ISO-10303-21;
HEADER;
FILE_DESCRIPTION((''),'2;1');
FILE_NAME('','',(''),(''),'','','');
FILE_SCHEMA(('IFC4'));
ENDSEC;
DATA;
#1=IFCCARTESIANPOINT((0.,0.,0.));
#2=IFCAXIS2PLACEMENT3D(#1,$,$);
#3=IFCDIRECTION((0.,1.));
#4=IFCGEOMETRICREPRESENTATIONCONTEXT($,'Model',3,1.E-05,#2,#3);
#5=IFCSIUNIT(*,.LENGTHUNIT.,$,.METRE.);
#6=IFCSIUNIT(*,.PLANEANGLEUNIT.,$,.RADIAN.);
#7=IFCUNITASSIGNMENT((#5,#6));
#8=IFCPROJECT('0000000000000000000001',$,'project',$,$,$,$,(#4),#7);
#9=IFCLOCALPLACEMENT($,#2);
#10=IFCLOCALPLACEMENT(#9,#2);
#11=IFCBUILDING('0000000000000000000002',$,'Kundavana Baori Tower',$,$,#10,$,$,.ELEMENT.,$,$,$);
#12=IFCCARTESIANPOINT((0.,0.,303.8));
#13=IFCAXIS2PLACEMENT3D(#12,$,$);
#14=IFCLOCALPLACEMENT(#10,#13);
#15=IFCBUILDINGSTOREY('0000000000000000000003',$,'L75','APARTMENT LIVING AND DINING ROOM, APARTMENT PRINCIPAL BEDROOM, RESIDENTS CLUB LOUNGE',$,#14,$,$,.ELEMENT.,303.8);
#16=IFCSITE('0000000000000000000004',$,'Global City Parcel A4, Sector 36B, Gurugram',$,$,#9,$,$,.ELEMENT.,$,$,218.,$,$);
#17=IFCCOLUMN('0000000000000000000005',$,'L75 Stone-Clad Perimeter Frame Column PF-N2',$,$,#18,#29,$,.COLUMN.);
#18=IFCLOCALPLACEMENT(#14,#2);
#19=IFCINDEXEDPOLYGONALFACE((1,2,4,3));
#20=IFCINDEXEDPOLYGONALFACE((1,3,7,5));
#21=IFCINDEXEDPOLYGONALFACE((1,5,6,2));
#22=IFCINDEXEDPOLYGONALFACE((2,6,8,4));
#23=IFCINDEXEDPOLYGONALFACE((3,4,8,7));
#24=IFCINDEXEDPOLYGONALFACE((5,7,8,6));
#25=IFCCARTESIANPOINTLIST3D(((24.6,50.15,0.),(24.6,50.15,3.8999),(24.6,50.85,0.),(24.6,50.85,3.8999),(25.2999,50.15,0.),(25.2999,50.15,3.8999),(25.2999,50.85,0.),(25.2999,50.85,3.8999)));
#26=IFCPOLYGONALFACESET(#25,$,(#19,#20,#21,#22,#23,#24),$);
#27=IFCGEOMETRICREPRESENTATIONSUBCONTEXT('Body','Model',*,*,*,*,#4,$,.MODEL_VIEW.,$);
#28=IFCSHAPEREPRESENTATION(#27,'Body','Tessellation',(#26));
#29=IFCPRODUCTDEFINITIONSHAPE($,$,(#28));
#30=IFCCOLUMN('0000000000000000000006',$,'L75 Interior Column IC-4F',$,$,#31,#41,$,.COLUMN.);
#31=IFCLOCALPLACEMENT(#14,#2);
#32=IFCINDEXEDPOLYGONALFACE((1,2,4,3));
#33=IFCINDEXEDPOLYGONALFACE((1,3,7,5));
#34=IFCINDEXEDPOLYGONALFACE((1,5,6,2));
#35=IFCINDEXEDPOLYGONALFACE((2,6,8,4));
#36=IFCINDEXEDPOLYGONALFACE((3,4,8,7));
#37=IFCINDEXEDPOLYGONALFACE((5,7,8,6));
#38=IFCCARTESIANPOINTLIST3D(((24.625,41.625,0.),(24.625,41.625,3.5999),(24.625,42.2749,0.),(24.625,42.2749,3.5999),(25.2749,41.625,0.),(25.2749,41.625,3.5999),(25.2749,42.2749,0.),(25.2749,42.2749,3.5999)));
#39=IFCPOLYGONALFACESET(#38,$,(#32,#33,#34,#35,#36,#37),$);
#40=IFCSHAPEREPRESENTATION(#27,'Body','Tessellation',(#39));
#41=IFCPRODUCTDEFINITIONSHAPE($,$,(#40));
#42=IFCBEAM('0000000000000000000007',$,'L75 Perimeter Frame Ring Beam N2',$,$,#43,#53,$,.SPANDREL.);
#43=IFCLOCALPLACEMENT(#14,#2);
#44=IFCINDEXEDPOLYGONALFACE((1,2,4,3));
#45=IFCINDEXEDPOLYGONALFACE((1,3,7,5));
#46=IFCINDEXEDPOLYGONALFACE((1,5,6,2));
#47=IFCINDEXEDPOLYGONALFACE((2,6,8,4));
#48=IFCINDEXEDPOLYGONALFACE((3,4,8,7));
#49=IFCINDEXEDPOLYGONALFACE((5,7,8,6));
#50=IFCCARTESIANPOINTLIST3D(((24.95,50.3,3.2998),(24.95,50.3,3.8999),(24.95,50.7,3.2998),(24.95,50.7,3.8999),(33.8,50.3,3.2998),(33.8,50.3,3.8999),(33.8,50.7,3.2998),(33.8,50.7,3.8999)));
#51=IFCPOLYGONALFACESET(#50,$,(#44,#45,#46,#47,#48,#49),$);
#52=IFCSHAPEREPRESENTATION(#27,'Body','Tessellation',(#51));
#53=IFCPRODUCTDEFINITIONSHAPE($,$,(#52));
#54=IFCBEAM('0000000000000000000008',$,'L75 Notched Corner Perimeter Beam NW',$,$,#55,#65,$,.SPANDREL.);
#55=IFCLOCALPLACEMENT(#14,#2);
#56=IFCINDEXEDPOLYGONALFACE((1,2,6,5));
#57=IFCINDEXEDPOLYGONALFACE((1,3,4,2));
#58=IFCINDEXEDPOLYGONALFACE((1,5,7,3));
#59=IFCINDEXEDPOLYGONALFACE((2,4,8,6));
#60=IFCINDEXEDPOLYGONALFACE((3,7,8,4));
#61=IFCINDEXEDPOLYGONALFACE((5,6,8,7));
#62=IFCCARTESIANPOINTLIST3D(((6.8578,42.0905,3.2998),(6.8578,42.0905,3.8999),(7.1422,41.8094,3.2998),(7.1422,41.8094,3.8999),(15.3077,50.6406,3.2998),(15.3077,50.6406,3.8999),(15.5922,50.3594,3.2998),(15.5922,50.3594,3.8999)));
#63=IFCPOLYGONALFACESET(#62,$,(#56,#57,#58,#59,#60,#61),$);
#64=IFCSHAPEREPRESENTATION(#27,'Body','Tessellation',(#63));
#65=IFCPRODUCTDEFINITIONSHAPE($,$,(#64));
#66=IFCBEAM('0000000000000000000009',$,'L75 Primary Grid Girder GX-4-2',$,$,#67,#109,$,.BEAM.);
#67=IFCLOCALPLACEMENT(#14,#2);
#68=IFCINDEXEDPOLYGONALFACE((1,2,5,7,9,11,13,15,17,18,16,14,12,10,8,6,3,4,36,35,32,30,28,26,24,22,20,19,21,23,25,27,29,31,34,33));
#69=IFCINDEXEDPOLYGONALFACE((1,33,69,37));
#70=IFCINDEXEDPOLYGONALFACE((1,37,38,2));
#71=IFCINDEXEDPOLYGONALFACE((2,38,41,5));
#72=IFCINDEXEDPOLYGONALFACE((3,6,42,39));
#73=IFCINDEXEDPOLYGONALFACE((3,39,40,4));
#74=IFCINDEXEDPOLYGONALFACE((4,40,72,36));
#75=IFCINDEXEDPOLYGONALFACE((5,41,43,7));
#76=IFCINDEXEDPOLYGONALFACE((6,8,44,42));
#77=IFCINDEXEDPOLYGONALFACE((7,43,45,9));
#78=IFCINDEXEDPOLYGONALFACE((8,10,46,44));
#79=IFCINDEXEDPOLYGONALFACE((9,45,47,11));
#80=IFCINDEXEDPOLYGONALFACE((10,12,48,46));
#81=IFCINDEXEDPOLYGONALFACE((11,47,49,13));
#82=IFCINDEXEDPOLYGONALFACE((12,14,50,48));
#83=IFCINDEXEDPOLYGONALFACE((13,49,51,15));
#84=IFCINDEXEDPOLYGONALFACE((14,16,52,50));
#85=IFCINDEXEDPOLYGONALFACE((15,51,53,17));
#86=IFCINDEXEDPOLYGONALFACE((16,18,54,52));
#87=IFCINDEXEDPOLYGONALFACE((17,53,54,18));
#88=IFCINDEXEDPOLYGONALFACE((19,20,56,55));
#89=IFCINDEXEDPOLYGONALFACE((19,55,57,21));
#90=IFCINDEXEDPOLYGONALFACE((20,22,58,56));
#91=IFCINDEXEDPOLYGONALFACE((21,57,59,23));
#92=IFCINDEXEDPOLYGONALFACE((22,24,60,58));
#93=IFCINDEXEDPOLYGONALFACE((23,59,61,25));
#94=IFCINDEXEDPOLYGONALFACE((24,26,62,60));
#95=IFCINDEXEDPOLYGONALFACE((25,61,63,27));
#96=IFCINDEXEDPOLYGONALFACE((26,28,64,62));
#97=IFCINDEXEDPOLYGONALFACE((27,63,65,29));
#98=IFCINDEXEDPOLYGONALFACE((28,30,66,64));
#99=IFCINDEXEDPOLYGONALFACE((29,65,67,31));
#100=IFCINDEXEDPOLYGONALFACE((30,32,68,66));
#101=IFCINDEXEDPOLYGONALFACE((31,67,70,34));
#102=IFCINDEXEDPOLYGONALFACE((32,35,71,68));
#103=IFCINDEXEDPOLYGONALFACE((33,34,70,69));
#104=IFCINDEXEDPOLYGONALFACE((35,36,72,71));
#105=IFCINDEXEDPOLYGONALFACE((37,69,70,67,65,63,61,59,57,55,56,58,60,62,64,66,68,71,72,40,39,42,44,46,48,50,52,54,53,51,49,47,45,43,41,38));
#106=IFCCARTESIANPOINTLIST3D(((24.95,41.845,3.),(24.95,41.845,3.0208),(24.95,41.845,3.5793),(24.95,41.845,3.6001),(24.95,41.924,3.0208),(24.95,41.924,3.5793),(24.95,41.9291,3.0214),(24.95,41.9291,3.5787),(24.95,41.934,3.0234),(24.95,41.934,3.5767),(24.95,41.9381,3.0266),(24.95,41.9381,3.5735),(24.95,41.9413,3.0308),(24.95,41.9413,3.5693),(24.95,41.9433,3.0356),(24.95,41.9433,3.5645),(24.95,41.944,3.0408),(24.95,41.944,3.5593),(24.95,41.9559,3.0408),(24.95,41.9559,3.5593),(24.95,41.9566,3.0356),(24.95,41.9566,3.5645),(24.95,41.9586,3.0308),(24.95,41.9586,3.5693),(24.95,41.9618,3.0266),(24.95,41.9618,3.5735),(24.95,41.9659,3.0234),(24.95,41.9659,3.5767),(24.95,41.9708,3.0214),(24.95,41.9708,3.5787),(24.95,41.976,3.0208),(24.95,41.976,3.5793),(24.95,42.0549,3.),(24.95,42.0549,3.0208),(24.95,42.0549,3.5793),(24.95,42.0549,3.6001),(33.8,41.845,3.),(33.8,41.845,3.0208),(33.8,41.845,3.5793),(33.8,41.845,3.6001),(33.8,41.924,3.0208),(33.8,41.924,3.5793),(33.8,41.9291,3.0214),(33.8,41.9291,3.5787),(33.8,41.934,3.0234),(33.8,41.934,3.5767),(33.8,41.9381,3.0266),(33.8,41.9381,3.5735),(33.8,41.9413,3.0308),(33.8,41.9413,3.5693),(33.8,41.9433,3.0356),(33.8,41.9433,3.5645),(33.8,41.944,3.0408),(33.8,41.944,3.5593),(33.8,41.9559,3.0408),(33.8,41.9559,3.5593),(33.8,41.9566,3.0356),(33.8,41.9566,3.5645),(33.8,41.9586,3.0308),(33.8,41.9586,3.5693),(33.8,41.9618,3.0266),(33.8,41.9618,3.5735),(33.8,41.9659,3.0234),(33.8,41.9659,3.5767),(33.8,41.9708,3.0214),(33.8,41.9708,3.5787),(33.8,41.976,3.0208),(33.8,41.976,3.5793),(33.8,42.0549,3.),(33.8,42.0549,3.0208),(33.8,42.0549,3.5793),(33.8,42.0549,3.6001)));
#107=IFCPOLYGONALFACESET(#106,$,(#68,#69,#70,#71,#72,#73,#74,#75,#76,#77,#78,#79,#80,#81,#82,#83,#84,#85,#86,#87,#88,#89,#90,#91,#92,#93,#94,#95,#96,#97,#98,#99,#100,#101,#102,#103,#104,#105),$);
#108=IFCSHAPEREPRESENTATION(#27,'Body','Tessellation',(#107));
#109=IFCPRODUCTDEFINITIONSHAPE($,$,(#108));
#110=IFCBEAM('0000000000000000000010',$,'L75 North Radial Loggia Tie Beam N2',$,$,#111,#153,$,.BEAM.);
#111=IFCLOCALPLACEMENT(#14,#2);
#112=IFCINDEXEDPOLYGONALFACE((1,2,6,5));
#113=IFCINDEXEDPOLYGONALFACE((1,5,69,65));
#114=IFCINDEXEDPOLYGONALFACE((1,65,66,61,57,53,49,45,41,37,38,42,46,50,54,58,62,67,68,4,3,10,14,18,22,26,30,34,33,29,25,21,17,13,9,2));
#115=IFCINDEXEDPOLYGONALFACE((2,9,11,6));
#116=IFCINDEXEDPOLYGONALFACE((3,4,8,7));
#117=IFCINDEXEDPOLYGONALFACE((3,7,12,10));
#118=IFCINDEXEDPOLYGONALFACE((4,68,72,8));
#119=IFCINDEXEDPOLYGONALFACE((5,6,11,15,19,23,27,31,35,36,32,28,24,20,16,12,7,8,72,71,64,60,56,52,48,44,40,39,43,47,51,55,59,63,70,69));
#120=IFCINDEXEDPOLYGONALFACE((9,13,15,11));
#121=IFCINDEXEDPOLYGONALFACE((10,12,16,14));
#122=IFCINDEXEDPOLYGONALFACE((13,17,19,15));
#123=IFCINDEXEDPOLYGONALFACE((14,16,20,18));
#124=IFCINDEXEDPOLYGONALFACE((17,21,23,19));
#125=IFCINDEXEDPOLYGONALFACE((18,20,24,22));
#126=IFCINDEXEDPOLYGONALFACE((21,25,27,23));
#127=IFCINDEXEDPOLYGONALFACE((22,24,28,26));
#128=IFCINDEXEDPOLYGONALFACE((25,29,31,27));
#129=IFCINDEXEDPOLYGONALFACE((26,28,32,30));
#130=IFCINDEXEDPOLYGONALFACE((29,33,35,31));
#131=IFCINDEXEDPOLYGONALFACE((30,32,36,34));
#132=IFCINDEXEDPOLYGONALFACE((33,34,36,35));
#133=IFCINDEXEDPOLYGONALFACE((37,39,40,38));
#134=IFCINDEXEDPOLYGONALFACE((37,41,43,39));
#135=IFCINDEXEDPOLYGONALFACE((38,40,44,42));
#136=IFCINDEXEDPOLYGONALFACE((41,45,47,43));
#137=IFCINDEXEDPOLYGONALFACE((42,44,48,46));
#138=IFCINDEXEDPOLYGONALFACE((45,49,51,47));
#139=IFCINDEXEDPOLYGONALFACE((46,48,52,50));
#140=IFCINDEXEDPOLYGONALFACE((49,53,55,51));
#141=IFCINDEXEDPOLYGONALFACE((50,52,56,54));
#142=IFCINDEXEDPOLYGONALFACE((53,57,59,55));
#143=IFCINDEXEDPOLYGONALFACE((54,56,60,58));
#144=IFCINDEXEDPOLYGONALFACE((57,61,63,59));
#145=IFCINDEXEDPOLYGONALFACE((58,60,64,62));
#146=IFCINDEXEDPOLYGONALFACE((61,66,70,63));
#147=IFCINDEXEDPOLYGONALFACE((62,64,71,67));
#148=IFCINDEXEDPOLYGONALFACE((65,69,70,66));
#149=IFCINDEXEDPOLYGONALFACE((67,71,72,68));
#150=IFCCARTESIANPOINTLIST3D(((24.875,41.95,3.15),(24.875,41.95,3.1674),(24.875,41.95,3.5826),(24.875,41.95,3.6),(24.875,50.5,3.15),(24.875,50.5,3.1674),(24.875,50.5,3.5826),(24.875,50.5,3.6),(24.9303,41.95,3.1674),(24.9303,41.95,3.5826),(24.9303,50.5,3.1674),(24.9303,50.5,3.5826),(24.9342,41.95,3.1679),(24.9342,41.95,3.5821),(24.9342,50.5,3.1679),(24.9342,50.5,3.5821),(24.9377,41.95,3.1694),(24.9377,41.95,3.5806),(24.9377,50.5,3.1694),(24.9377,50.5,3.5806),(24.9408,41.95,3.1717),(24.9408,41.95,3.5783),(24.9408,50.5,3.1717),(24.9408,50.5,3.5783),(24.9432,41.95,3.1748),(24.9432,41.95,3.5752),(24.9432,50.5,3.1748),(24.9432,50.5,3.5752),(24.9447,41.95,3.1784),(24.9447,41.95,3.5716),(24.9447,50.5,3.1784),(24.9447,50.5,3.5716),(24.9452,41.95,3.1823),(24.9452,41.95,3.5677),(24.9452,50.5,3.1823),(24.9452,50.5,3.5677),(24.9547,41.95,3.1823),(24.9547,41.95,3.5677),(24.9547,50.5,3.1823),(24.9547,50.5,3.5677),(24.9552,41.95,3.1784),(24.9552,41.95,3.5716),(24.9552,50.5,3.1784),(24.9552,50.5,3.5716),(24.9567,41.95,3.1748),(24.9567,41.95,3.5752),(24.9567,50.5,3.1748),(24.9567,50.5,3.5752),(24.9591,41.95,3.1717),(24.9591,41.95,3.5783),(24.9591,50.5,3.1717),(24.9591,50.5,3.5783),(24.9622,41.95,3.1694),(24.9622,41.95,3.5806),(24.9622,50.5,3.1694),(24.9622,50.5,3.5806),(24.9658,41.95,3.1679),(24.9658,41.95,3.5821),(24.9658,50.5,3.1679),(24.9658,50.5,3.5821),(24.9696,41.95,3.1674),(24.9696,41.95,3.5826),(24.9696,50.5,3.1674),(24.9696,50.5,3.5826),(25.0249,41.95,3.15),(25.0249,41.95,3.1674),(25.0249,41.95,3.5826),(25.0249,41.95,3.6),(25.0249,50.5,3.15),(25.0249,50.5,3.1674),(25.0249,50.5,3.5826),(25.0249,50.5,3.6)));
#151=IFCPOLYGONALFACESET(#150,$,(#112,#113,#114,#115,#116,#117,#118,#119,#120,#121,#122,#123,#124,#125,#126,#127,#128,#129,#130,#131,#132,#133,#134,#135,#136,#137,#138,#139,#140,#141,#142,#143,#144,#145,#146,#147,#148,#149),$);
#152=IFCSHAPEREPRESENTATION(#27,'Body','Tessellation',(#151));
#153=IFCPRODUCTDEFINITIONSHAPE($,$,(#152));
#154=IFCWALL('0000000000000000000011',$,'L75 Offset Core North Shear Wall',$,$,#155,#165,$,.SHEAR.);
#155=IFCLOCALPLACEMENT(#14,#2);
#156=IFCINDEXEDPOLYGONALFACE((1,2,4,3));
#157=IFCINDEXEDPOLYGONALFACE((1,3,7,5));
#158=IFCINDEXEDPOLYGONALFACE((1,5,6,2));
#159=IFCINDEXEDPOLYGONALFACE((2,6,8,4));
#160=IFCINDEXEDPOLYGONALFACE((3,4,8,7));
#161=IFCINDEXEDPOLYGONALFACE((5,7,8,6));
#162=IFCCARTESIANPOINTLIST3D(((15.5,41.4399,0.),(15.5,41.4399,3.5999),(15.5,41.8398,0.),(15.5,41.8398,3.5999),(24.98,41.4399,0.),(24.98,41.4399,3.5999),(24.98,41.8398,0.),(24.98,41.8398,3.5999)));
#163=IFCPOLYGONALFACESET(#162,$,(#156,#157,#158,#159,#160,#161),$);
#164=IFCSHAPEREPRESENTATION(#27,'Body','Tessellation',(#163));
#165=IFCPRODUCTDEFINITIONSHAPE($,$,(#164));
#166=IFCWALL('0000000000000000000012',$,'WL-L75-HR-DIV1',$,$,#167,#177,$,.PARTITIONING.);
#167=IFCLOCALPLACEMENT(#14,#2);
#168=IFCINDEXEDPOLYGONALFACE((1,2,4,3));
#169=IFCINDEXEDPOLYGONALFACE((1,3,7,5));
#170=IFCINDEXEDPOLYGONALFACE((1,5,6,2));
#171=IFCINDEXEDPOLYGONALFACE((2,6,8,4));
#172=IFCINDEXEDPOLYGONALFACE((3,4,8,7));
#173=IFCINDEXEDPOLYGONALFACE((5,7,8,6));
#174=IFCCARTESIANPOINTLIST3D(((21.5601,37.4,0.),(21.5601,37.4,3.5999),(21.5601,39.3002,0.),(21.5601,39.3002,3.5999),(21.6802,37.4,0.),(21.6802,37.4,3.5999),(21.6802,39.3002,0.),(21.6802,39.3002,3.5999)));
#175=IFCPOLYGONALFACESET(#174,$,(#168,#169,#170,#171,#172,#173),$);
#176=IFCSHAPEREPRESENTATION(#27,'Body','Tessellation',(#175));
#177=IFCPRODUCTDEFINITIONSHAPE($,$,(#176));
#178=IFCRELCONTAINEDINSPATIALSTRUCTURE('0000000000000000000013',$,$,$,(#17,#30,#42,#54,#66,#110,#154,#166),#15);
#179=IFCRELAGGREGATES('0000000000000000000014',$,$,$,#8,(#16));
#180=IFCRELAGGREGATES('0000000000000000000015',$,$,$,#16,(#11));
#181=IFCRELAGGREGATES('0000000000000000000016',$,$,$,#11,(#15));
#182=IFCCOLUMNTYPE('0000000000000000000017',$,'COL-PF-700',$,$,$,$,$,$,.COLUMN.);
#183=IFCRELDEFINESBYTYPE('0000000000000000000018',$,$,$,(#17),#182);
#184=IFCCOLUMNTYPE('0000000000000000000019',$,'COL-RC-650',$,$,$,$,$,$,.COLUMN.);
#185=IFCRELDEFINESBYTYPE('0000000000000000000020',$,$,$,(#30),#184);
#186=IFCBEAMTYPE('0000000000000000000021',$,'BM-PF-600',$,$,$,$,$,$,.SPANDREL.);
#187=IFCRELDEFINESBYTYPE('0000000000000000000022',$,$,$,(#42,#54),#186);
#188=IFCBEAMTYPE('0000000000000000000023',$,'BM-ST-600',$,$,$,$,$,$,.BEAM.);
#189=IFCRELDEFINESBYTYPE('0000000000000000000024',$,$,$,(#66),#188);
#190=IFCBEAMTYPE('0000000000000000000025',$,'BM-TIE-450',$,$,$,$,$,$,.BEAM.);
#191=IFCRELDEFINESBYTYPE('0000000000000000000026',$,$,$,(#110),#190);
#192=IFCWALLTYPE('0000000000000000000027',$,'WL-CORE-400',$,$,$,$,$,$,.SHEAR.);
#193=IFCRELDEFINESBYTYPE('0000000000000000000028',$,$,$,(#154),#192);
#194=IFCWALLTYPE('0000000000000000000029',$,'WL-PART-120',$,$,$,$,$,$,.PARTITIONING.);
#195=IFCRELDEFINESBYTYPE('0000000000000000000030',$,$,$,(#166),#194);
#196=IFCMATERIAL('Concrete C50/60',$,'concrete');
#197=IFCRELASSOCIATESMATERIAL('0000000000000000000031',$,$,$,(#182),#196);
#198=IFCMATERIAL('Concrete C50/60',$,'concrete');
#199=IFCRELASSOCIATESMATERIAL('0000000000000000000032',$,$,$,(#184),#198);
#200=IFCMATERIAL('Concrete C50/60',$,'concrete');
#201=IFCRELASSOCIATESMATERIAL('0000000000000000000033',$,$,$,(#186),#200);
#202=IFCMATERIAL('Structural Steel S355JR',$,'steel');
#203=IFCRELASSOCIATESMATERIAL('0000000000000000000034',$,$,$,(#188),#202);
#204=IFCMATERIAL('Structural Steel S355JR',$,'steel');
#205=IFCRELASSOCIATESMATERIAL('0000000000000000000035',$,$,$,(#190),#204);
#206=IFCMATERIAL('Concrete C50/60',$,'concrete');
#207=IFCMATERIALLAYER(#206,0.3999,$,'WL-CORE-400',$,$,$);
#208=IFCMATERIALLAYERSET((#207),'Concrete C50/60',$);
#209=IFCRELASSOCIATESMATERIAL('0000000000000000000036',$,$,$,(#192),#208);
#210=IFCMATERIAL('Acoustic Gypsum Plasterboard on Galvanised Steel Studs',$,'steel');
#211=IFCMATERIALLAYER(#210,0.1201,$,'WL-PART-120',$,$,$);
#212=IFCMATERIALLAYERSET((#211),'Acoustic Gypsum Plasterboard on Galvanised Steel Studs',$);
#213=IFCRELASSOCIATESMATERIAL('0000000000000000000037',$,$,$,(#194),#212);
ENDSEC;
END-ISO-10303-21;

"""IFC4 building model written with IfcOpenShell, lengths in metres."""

from ifc_helpers import new_model, si_unit, direction, frame, frame_2d, origin, origin_2d, place, context, subcontext, project, spatial, rectangle, i_section, extrude, material, layer, layer_set, material_profile, profile_set, type_object, element, save


model = new_model("IFC4")

# Units and contexts
model_context = context("Model", 3, precision=1e-05, world=origin(), true_north=direction((0.0, 1.0)))
body_context = subcontext(model_context, "Body", "Model", "MODEL_VIEW")
ifc_project = project(units=[si_unit("LENGTHUNIT", "METRE"), si_unit("PLANEANGLEUNIT", "RADIAN")], contexts=[model_context])

# Site, building, storey
site_placement = place(None, origin())
site = spatial("IfcSite", under=ifc_project, at=site_placement, Name="Global City Parcel A4, Sector 36B, Gurugram", CompositionType="ELEMENT", RefElevation=218.0)
building_placement = place(site_placement, origin())
building = spatial("IfcBuilding", under=site, at=building_placement, Name="Kundavana Baori Tower", CompositionType="ELEMENT")
storey_placement = place(building_placement, frame((0.0, 0.0, 303.8)))
storey = spatial("IfcBuildingStorey", under=building, at=storey_placement, Name="L75", Description="APARTMENT LIVING AND DINING ROOM, APARTMENT PRINCIPAL BEDROOM, RESIDENTS CLUB LOUNGE", CompositionType="ELEMENT", Elevation=303.8)

# Columns
ifc_material_1 = material(Name="Concrete C50/60", Category="concrete")
ifc_material_profile_1 = material_profile(ifc_material_1, rectangle(XDim=0.7, YDim=0.7, at=origin_2d()), Name="RC PF 700x700")
ifc_profile_set_1 = profile_set([ifc_material_profile_1], Name="Concrete C50/60")
column_type_1 = type_object("IfcColumnType", Name="COL-PF-700", PredefinedType="COLUMN", material=ifc_profile_set_1)
column_1_placement = place(storey_placement, frame((24.95, 50.5, 0.0), z_axis=(0.0, 0.0, 1.0), x_axis=(1.0, 0.0, 0.0)))
element("IfcColumn", 1, at=column_1_placement, inside=storey, type_object=column_type_1, Name="L75 Stone-Clad Perimeter Frame Column PF-N2", PredefinedType="COLUMN", context=body_context, shape_type="SweptSolid", body=[
    extrude(rectangle(XDim=0.7, YDim=0.7, at=origin_2d()), origin(), (0.0, 0.0, 1.0), 3.8999),
])
ifc_material_2 = material(Name="Concrete C50/60", Category="concrete")
ifc_material_profile_2 = material_profile(ifc_material_2, rectangle(XDim=0.6499, YDim=0.6499, at=origin_2d()), Name="RC 650x650")
ifc_profile_set_2 = profile_set([ifc_material_profile_2], Name="Concrete C50/60")
column_type_2 = type_object("IfcColumnType", Name="COL-RC-650", PredefinedType="COLUMN", material=ifc_profile_set_2)
column_2_placement = place(storey_placement, frame((24.95, 41.95, 0.0), z_axis=(0.0, 0.0, 1.0), x_axis=(1.0, 0.0, 0.0)))
element("IfcColumn", 2, at=column_2_placement, inside=storey, type_object=column_type_2, Name="L75 Interior Column IC-4F", PredefinedType="COLUMN", context=body_context, shape_type="SweptSolid", body=[
    extrude(rectangle(XDim=0.6499, YDim=0.6499, at=origin_2d()), origin(), (0.0, 0.0, 1.0), 3.5999),
])

# Beams
ifc_material_3 = material(Name="Concrete C50/60", Category="concrete")
ifc_material_profile_3 = material_profile(ifc_material_3, rectangle(XDim=0.3999, YDim=0.6001, at=origin_2d()), Name="RC BM 400x600")
ifc_profile_set_3 = profile_set([ifc_material_profile_3], Name="Concrete C50/60")
beam_type_1 = type_object("IfcBeamType", Name="BM-PF-600", PredefinedType="SPANDREL", material=ifc_profile_set_3)
beam_1_placement = place(storey_placement, frame((24.95, 50.5, 3.5999), z_axis=(1.0, 0.0, 0.0), x_axis=(0.0, 1.0, 0.0)))
element("IfcBeam", 3, at=beam_1_placement, inside=storey, type_object=beam_type_1, Name="L75 Perimeter Frame Ring Beam N2", PredefinedType="SPANDREL", context=body_context, shape_type="SweptSolid", body=[
    extrude(rectangle(XDim=0.3999, YDim=0.6001, at=origin_2d()), origin(), (0.0, 0.0, 1.0), 8.8501),
])
beam_2_placement = place(storey_placement, frame((15.45, 50.5, 3.5999), z_axis=(-0.702931, -0.711258, 0.0), x_axis=(0.711258, -0.702931, 0.0)))
element("IfcBeam", 4, at=beam_2_placement, inside=storey, type_object=beam_type_1, Name="L75 Notched Corner Perimeter Beam NW", PredefinedType="SPANDREL", context=body_context, shape_type="SweptSolid", body=[
    extrude(rectangle(XDim=0.3999, YDim=0.6001, at=origin_2d()), origin(), (0.0, 0.0, 1.0), 12.021),
])
ifc_material_4 = material(Name="Structural Steel S355JR", Category="steel")
ifc_material_profile_4 = material_profile(ifc_material_4, i_section(OverallWidth=0.21, OverallDepth=0.6001, WebThickness=0.012, FlangeThickness=0.0208, FilletRadius=0.02, at=origin_2d()), Name="ISMB 600")
ifc_profile_set_4 = profile_set([ifc_material_profile_4], Name="Structural Steel S355JR")
beam_type_2 = type_object("IfcBeamType", Name="BM-ST-600", PredefinedType="BEAM", material=ifc_profile_set_4)
beam_3_placement = place(storey_placement, frame((24.95, 41.95, 3.3), z_axis=(1.0, 0.0, 0.0), x_axis=(0.0, 1.0, 0.0)))
element("IfcBeam", 5, at=beam_3_placement, inside=storey, type_object=beam_type_2, Name="L75 Primary Grid Girder GX-4-2", PredefinedType="BEAM", context=body_context, shape_type="SweptSolid", body=[
    extrude(i_section(OverallWidth=0.21, OverallDepth=0.6001, WebThickness=0.012, FlangeThickness=0.0208, FilletRadius=0.02, at=origin_2d()), origin(), (0.0, 0.0, 1.0), 8.8501),
])
ifc_material_5 = material(Name="Structural Steel S355JR", Category="steel")
ifc_material_profile_5 = material_profile(ifc_material_5, i_section(OverallWidth=0.1499, OverallDepth=0.45, WebThickness=0.0095, FlangeThickness=0.0173, FilletRadius=0.0149, at=origin_2d()), Name="ISMB 450")
ifc_profile_set_5 = profile_set([ifc_material_profile_5], Name="Structural Steel S355JR")
beam_type_3 = type_object("IfcBeamType", Name="BM-TIE-450", PredefinedType="BEAM", material=ifc_profile_set_5)
beam_4_placement = place(storey_placement, frame((24.95, 41.95, 3.375), z_axis=(0.0, 1.0, 0.0), x_axis=(-1.0, 0.0, 0.0)))
element("IfcBeam", 6, at=beam_4_placement, inside=storey, type_object=beam_type_3, Name="L75 North Radial Loggia Tie Beam N2", PredefinedType="BEAM", context=body_context, shape_type="SweptSolid", body=[
    extrude(i_section(OverallWidth=0.1499, OverallDepth=0.45, WebThickness=0.0095, FlangeThickness=0.0173, FilletRadius=0.0149, at=origin_2d()), origin(), (0.0, 0.0, 1.0), 8.55),
])

# Walls
ifc_material_6 = material(Name="Concrete C50/60", Category="concrete")
ifc_layer_1 = layer(ifc_material_6, 0.3999, Name="WL-CORE-400")
ifc_layer_set_1 = layer_set([ifc_layer_1], Name="Concrete C50/60")
wall_type_1 = type_object("IfcWallType", Name="WL-CORE-400", PredefinedType="SHEAR", material=ifc_layer_set_1)
wall_1_placement = place(storey_placement, frame((15.5, 41.6399, 0.0), z_axis=(0.0, 0.0, 1.0), x_axis=(1.0, 0.0, 0.0)))
element("IfcWall", 7, at=wall_1_placement, inside=storey, type_object=wall_type_1, Name="L75 Offset Core North Shear Wall", PredefinedType="SHEAR", context=body_context, shape_type="SweptSolid", body=[
    extrude(rectangle(XDim=9.48, YDim=0.3999, at=frame_2d((4.74, 0.0))), origin(), (0.0, 0.0, 1.0), 3.5999),
])
ifc_material_7 = material(Name="Acoustic Gypsum Plasterboard on Galvanised Steel Studs", Category="steel")
ifc_layer_2 = layer(ifc_material_7, 0.1201, Name="WL-PART-120")
ifc_layer_set_2 = layer_set([ifc_layer_2], Name="Acoustic Gypsum Plasterboard on Galvanised Steel Studs")
wall_type_2 = type_object("IfcWallType", Name="WL-PART-120", PredefinedType="PARTITIONING", material=ifc_layer_set_2)
wall_2_placement = place(storey_placement, frame((21.6201, 37.3999, 0.0), z_axis=(0.0, 0.0, 1.0), x_axis=(0.0, 1.0, 0.0)))
element("IfcWall", 8, at=wall_2_placement, inside=storey, type_object=wall_type_2, Name="WL-L75-HR-DIV1", PredefinedType="PARTITIONING", context=body_context, shape_type="SweptSolid", body=[
    extrude(rectangle(XDim=1.9001, YDim=0.1201, at=frame_2d((0.9502, 0.0))), origin(), (0.0, 0.0, 1.0), 3.5999),
])

save(model, "model.ifc")
